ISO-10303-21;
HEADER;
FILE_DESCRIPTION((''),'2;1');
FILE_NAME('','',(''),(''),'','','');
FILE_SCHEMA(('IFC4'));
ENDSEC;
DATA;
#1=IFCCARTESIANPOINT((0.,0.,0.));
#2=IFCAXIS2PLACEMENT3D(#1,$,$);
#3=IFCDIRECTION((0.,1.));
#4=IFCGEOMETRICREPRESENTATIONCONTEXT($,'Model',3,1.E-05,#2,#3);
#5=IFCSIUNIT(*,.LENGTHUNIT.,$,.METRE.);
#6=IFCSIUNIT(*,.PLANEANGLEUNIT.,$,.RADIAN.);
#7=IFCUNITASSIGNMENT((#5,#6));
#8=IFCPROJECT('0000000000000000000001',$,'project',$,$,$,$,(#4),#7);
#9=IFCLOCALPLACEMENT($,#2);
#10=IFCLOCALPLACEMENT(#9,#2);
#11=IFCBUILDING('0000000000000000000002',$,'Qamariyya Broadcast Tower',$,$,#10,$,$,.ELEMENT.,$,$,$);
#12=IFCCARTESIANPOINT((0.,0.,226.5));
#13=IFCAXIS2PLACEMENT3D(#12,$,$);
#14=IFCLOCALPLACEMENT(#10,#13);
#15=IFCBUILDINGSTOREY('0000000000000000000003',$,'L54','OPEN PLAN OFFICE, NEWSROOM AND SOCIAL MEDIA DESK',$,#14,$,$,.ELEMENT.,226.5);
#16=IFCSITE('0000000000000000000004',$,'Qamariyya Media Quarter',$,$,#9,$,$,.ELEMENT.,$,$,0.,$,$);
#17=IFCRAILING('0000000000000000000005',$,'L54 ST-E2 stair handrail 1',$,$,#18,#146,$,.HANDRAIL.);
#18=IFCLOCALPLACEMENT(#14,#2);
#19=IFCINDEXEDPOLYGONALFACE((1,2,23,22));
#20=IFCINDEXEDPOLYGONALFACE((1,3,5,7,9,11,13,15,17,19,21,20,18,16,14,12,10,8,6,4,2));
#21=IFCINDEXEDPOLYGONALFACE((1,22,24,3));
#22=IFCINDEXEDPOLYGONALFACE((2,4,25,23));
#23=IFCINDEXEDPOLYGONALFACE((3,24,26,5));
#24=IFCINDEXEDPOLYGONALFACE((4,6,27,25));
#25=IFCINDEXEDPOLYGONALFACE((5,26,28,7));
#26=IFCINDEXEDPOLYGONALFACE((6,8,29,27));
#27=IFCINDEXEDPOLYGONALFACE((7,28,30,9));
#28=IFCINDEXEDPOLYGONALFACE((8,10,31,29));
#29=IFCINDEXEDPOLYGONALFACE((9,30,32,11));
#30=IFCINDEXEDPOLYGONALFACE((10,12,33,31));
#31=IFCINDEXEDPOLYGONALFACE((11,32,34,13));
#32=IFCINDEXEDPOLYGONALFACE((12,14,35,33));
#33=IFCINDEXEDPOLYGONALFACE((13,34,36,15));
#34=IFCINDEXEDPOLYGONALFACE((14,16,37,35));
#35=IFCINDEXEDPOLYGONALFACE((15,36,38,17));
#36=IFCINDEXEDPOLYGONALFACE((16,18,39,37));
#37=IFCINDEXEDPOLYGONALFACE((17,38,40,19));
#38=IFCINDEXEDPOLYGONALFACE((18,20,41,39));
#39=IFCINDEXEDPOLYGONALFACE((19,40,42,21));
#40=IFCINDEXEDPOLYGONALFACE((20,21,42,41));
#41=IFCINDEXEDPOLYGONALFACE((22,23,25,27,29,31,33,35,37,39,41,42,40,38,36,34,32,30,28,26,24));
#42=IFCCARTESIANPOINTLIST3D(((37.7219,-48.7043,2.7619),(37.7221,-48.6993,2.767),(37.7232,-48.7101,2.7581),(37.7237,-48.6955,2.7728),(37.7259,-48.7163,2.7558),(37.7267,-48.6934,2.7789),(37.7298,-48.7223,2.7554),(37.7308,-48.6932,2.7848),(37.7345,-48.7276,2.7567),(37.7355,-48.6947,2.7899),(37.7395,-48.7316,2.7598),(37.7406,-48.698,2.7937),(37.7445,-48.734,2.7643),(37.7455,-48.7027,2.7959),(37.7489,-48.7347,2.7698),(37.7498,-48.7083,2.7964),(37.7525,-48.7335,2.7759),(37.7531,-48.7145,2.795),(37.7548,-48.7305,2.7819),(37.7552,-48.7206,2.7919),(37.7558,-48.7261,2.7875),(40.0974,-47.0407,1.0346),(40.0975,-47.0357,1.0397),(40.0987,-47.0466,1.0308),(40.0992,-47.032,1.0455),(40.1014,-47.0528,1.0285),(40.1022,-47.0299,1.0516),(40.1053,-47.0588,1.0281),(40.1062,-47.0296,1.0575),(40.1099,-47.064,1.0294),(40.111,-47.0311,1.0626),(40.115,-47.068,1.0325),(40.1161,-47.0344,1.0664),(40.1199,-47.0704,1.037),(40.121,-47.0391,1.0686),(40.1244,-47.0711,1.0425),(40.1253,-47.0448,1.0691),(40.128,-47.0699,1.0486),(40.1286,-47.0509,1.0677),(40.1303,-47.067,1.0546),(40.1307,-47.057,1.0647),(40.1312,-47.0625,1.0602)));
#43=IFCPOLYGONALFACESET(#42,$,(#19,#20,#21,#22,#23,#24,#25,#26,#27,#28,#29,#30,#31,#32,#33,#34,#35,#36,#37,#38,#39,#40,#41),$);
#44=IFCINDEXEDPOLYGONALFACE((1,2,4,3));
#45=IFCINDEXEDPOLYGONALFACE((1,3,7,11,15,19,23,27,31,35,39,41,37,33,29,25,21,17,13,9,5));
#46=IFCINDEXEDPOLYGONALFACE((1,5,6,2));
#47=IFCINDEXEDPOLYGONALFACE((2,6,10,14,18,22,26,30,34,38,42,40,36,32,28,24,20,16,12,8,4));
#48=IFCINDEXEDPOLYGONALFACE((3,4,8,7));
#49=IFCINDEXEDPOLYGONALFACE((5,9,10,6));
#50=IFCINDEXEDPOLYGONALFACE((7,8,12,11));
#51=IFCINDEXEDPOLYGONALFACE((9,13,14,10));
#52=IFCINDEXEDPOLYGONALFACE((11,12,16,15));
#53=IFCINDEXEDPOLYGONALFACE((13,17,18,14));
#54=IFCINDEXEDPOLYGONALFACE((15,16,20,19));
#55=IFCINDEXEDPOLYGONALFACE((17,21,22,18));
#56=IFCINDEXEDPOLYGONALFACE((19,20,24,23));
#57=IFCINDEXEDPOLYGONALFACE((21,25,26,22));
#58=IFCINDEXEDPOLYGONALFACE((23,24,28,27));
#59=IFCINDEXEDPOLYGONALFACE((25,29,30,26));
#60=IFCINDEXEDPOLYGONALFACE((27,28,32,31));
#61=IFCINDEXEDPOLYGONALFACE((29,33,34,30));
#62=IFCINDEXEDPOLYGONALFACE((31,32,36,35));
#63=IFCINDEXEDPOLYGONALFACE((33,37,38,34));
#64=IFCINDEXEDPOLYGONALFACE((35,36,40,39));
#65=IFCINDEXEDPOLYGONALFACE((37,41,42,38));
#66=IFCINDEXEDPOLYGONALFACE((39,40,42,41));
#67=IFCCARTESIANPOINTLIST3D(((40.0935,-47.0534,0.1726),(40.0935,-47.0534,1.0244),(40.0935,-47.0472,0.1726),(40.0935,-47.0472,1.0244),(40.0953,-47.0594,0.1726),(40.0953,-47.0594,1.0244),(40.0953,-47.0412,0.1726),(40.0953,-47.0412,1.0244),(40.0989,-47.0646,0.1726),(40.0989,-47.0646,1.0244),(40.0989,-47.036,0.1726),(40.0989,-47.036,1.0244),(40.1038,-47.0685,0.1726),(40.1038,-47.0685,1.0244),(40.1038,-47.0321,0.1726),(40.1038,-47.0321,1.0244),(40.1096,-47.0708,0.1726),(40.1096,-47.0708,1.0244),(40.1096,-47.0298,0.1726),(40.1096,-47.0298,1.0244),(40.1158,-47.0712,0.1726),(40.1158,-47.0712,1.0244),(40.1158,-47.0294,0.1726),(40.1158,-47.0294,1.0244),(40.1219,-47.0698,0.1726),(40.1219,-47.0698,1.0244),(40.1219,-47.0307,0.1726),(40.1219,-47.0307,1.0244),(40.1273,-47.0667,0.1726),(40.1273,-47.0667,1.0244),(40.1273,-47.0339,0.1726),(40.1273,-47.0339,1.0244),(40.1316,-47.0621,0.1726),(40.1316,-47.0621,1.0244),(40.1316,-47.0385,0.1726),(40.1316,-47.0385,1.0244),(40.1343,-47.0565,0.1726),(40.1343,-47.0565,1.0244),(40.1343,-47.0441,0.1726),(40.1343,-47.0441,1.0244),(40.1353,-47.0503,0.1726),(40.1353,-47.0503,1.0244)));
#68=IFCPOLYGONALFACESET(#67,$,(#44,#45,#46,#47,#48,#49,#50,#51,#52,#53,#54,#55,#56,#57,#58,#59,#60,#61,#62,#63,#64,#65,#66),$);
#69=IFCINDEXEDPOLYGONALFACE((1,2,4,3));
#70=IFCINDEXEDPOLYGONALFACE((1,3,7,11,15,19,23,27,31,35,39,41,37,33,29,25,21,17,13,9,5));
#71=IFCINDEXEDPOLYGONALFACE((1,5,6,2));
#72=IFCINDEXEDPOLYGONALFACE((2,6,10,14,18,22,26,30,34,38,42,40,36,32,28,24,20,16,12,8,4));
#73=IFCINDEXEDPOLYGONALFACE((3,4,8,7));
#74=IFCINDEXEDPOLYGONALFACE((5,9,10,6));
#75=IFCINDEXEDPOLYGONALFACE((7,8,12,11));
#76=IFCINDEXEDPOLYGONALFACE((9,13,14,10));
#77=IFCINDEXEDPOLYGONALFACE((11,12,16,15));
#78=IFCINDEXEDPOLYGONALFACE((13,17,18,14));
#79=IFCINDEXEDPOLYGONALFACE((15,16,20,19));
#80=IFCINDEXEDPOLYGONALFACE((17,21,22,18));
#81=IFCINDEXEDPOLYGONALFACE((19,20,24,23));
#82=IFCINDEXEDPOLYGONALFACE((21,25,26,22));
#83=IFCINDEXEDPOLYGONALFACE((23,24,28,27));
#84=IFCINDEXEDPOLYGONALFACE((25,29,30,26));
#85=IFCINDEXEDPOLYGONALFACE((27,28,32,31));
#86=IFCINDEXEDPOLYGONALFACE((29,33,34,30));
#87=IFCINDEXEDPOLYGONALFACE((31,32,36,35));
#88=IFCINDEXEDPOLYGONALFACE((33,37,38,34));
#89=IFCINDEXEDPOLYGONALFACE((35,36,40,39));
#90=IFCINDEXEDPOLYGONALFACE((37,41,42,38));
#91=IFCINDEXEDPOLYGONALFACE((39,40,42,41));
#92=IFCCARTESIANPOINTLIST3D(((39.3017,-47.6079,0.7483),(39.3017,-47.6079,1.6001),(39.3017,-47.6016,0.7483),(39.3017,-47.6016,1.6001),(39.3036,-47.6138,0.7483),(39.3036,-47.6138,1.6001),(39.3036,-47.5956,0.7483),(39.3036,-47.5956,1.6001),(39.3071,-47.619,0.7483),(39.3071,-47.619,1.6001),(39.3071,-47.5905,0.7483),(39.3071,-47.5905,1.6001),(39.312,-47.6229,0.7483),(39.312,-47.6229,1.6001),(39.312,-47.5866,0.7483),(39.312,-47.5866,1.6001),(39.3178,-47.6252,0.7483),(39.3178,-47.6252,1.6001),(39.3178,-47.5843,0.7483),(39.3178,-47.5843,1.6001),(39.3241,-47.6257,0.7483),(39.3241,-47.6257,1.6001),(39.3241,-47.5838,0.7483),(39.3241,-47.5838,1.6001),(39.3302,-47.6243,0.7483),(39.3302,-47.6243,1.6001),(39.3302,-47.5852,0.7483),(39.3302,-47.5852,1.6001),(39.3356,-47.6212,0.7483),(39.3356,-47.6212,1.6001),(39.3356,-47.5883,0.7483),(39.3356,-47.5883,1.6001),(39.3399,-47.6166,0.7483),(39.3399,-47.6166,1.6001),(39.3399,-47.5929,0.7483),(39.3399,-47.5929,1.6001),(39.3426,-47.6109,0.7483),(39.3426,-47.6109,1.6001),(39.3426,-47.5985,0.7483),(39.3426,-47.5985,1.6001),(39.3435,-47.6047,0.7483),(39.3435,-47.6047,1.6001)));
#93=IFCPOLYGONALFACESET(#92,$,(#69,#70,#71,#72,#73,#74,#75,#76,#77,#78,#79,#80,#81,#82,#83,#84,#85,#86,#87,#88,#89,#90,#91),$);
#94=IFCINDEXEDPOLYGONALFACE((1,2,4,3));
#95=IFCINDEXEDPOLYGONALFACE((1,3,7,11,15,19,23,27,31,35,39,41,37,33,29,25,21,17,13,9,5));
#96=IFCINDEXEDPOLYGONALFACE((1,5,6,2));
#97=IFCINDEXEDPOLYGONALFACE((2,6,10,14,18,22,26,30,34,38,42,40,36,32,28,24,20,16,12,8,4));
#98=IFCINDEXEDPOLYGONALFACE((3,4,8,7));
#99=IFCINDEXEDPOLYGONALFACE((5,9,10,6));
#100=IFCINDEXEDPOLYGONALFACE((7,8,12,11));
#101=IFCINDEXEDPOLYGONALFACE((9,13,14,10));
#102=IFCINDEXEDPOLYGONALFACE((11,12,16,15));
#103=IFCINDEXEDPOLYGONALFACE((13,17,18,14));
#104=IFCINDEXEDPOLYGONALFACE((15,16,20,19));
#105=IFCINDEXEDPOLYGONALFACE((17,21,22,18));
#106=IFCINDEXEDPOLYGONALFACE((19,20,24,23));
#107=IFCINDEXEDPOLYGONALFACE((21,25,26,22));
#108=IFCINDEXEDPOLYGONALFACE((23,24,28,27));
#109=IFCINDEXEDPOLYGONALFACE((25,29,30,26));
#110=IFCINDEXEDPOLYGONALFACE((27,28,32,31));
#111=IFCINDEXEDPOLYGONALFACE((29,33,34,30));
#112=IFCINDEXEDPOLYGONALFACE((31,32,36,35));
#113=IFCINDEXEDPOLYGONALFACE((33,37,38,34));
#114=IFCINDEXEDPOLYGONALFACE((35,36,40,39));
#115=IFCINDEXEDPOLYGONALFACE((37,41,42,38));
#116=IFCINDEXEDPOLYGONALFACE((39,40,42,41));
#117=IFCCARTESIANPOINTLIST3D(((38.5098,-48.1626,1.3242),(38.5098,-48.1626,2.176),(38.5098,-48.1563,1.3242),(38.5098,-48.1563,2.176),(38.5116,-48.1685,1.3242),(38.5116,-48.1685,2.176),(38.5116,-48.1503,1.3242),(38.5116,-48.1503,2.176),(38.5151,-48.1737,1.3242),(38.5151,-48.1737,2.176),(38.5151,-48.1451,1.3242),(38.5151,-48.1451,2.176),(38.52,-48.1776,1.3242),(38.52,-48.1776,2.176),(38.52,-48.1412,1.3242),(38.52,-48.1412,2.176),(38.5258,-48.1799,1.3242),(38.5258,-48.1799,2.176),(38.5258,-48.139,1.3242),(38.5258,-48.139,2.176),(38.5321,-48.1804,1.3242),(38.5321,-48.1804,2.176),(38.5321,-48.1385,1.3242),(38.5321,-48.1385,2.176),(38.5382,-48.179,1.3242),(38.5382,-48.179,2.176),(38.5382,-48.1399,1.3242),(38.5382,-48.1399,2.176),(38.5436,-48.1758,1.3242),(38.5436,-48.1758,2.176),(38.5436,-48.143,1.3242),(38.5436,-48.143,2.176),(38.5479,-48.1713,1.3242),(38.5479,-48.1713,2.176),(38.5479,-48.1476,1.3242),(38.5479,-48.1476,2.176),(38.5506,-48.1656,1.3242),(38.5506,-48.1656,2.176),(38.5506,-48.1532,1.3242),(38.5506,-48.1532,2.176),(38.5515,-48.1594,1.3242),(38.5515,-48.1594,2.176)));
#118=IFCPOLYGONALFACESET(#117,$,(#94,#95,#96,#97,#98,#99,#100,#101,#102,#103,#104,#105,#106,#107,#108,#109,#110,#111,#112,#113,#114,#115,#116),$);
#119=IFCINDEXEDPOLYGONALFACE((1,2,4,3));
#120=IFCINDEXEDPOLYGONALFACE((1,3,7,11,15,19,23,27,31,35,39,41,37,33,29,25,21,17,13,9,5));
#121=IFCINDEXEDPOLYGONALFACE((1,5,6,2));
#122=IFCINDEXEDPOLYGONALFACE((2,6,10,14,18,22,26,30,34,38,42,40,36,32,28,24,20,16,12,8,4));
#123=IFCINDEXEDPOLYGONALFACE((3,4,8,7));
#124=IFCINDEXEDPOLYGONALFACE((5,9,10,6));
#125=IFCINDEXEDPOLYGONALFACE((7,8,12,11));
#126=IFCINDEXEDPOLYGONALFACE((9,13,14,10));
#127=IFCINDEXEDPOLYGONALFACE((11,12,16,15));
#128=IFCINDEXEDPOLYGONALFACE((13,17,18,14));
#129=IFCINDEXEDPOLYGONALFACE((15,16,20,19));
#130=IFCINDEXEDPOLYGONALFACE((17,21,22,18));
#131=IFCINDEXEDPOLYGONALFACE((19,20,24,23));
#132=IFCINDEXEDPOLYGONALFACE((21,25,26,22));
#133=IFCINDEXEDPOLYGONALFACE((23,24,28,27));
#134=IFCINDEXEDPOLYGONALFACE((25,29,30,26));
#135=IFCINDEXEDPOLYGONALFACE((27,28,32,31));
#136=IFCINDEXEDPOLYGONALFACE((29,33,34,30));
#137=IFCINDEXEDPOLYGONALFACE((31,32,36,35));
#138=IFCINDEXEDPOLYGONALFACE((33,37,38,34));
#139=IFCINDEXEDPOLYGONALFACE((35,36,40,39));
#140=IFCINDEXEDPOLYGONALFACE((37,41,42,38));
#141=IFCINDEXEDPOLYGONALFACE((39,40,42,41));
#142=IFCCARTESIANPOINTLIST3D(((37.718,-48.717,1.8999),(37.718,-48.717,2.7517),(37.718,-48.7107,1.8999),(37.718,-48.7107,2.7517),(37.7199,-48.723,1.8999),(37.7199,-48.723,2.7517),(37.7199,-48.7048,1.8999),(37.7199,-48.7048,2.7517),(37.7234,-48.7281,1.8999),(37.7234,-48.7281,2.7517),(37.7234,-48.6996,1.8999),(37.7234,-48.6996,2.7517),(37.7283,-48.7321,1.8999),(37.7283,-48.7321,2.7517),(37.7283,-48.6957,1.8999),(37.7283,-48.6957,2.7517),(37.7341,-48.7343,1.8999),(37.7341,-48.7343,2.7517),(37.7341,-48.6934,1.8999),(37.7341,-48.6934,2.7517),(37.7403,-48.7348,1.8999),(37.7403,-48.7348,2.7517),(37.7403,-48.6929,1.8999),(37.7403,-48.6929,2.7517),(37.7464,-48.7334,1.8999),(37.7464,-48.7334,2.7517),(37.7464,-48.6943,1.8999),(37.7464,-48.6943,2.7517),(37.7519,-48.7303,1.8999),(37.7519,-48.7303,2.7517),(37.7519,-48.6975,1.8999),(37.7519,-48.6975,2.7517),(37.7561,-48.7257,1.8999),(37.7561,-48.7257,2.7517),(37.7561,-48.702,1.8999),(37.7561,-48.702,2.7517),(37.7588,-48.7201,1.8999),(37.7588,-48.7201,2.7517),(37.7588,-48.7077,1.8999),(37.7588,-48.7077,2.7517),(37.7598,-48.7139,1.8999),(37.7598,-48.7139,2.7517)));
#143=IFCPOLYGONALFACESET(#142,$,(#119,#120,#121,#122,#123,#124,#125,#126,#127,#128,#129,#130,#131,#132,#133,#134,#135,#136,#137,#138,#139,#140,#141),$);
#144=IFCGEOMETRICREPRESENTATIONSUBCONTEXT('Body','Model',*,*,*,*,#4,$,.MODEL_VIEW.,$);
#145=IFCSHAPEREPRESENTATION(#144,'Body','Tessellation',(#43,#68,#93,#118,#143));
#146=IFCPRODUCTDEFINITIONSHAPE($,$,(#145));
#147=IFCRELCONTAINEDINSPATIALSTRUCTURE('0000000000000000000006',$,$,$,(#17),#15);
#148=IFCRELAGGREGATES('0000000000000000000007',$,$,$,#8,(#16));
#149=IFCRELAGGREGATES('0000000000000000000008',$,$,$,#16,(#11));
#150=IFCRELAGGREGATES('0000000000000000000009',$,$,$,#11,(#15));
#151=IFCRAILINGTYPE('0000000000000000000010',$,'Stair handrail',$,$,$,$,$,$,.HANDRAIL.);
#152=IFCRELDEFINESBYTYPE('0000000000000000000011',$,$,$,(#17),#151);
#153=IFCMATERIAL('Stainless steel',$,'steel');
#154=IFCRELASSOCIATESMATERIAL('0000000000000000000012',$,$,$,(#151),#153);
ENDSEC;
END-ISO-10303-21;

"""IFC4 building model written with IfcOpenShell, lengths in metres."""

from ifc_helpers import new_model, si_unit, direction, frame, origin, origin_2d, place, context, subcontext, project, spatial, circle, extrude, material, type_object, element, save


model = new_model("IFC4")

# Units and contexts
model_context = context("Model", 3, precision=1e-05, world=origin(), true_north=direction((0.0, 1.0)))
body_context = subcontext(model_context, "Body", "Model", "MODEL_VIEW")
ifc_project = project(units=[si_unit("LENGTHUNIT", "METRE"), si_unit("PLANEANGLEUNIT", "RADIAN")], contexts=[model_context])

# Site, building, storey
site_placement = place(None, origin())
site = spatial("IfcSite", under=ifc_project, at=site_placement, Name="Qamariyya Media Quarter", CompositionType="ELEMENT", RefElevation=0.0)
building_placement = place(site_placement, origin())
building = spatial("IfcBuilding", under=site, at=building_placement, Name="Qamariyya Broadcast Tower", CompositionType="ELEMENT")
storey_placement = place(building_placement, frame((0.0, 0.0, 226.5)))
storey = spatial("IfcBuildingStorey", under=building, at=storey_placement, Name="L54", Description="OPEN PLAN OFFICE, NEWSROOM AND SOCIAL MEDIA DESK", CompositionType="ELEMENT", Elevation=226.5)

# Railing
ifc_material_1 = material(Name="Stainless steel", Category="steel")
railing_type_1 = type_object("IfcRailingType", Name="Stair handrail", PredefinedType="HANDRAIL", material=ifc_material_1)
railing_1_placement = place(storey_placement, frame((40.1143, -47.0503, 0.1726)))
element("IfcRailing", 1, at=railing_1_placement, inside=storey, type_object=railing_type_1, Name="L54 ST-E2 stair handrail 1", PredefinedType="HANDRAIL", context=body_context, shape_type="SweptSolid", body=[
    extrude(circle(Radius=0.0239, at=origin_2d()), frame((0.0, 0.0, 0.876), z_axis=(-0.703745, -0.492838, 0.511716), x_axis=(0.573632, -0.819113, 0.0)), (0.0, 0.0, 1.0), 3.3755),
    extrude(circle(Radius=0.021, at=origin_2d()), origin(), (0.0, 0.0, 1.0), 0.8518),
    extrude(circle(Radius=0.021, at=origin_2d()), frame((-0.7917, -0.5544, 0.5757)), (0.0, 0.0, 1.0), 0.8518),
    extrude(circle(Radius=0.021, at=origin_2d()), frame((-1.5837, -1.1091, 1.1516)), (0.0, 0.0, 1.0), 0.8518),
    extrude(circle(Radius=0.021, at=origin_2d()), frame((-2.3755, -1.6636, 1.7273)), (0.0, 0.0, 1.0), 0.8518),
])

save(model, "model.ifc")
